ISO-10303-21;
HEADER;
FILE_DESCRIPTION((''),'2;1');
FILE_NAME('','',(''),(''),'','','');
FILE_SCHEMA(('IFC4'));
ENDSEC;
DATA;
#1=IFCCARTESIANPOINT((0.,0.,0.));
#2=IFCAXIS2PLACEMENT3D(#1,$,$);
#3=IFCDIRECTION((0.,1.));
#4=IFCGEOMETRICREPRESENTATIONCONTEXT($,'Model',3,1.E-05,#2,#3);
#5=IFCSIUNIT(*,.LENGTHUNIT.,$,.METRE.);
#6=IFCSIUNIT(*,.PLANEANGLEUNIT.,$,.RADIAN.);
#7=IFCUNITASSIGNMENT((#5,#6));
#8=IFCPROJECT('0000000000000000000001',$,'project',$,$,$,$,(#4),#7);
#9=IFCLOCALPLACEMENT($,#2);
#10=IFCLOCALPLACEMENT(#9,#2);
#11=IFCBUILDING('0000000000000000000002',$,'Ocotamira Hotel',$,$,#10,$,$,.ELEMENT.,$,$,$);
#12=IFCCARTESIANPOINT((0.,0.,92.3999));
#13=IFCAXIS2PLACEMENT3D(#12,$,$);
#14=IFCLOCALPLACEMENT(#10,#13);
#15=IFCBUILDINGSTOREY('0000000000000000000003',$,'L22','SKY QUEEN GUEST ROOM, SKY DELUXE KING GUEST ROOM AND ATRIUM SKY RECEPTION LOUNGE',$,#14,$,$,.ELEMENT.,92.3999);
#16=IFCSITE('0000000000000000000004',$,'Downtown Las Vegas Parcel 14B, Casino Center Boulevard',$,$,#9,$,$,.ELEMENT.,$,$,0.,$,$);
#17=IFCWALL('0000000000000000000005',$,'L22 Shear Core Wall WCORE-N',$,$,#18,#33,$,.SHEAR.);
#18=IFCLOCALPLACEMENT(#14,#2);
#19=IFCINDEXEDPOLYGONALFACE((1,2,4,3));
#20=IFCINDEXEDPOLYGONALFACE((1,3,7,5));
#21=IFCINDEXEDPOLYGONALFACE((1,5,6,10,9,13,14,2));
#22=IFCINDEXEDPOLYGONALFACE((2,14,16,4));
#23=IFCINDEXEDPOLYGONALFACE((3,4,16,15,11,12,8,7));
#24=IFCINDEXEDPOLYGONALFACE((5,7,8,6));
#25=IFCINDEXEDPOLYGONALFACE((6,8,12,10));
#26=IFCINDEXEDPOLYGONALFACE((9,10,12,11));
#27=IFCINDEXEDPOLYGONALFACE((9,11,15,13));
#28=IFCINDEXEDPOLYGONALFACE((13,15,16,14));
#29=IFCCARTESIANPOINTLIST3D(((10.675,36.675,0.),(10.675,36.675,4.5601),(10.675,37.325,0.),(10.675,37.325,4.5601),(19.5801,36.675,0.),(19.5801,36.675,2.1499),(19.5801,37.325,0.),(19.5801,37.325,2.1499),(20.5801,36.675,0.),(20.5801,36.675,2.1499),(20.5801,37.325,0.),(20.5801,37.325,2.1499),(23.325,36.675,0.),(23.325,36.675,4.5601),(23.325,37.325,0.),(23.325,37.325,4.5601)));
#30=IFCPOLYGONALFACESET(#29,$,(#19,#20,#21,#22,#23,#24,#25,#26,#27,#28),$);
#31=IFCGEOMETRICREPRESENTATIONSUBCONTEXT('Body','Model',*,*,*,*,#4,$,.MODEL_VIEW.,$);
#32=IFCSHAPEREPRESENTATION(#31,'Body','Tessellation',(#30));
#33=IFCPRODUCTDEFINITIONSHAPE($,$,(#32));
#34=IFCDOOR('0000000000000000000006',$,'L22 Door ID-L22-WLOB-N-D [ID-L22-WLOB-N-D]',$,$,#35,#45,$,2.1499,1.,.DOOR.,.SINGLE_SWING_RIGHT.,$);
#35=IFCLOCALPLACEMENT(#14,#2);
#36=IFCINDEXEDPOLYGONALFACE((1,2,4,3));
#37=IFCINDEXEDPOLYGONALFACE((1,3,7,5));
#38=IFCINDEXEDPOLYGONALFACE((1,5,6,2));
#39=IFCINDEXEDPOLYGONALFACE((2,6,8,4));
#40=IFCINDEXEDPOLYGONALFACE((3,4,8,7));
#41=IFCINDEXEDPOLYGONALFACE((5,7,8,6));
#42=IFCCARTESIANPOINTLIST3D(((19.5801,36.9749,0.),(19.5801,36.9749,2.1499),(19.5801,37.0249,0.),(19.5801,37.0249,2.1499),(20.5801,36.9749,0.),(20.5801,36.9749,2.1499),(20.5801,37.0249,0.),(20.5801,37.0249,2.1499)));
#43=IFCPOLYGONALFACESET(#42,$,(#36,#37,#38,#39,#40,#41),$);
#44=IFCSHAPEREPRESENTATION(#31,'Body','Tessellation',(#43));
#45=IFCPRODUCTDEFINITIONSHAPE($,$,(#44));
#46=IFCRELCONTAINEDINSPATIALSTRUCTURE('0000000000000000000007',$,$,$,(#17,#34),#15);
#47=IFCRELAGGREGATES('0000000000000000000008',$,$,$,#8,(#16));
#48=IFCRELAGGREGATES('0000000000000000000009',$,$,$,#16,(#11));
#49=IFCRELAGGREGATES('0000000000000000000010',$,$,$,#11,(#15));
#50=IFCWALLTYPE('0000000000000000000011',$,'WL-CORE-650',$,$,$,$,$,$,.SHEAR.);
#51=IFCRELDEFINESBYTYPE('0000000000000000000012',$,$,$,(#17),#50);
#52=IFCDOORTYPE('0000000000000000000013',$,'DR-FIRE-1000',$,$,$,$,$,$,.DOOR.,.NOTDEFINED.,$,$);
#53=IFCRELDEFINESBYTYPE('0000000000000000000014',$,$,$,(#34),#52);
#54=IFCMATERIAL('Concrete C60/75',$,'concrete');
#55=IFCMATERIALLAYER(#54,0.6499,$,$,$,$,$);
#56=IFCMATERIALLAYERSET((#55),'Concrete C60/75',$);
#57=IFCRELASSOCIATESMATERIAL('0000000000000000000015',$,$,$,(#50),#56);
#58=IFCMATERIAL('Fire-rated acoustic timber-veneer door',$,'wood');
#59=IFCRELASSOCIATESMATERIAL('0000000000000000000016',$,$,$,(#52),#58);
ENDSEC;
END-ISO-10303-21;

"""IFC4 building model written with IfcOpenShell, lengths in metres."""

from ifc_helpers import new_model, si_unit, direction, frame, frame_2d, origin, place, context, subcontext, project, spatial, rectangle, extrude, source, transform, mapped, material, layer, layer_set, type_object, element, fill, save


model = new_model("IFC4")

# Units and contexts
model_context = context("Model", 3, precision=1e-05, world=origin(), true_north=direction((0.0, 1.0)))
body_context = subcontext(model_context, "Body", "Model", "MODEL_VIEW")
ifc_project = project(units=[si_unit("LENGTHUNIT", "METRE"), si_unit("PLANEANGLEUNIT", "RADIAN")], contexts=[model_context])

# Site, building, storey
site_placement = place(None, origin())
site = spatial("IfcSite", under=ifc_project, at=site_placement, Name="Downtown Las Vegas Parcel 14B, Casino Center Boulevard", CompositionType="ELEMENT", RefElevation=0.0)
building_placement = place(site_placement, origin())
building = spatial("IfcBuilding", under=site, at=building_placement, Name="Ocotamira Hotel", CompositionType="ELEMENT")
storey_placement = place(building_placement, frame((0.0, 0.0, 92.3999)))
storey = spatial("IfcBuildingStorey", under=building, at=storey_placement, Name="L22", Description="SKY QUEEN GUEST ROOM, SKY DELUXE KING GUEST ROOM AND ATRIUM SKY RECEPTION LOUNGE", CompositionType="ELEMENT", Elevation=92.3999)

# Wall, opening, door
ifc_material_1 = material(Name="Concrete C60/75", Category="concrete")
ifc_layer_1 = layer(ifc_material_1, 0.6499)
ifc_layer_set_1 = layer_set([ifc_layer_1], Name="Concrete C60/75")
wall_type_1 = type_object("IfcWallType", Name="WL-CORE-650", PredefinedType="SHEAR", material=ifc_layer_set_1)
wall_1_placement = place(storey_placement, frame((10.675, 37.0, 0.0), z_axis=(0.0, 0.0, 1.0), x_axis=(1.0, 0.0, 0.0)))
wall_1 = element("IfcWall", 1, at=wall_1_placement, inside=storey, type_object=wall_type_1, Name="L22 Shear Core Wall WCORE-N", PredefinedType="SHEAR", context=body_context, shape_type="SweptSolid", body=[
    extrude(rectangle(XDim=12.6499, YDim=0.6499, at=frame_2d((6.325, 0.0))), origin(), (0.0, 0.0, 1.0), 4.5601),
])
opening_1_placement = place(wall_1_placement, frame((8.905, 0.0, 0.0)))
opening_1 = element("IfcOpeningElement", 2, at=opening_1_placement, cuts=wall_1, PredefinedType="OPENING", context=body_context, shape_type="SweptSolid", body=[
    extrude(rectangle(XDim=1.0, YDim=2.1499, at=frame_2d((0.5, 1.075))), frame((0.0, 0.335, 0.0), z_axis=(0.0, -1.0, 0.0), x_axis=(1.0, 0.0, 0.0)), (0.0, 0.0, 1.0), 0.6699),
])
ifc_material_2 = material(Name="Fire-rated acoustic timber-veneer door", Category="wood")
door_type_1 = type_object("IfcDoorType", Name="DR-FIRE-1000", OperationType="NOTDEFINED", PredefinedType="DOOR", material=ifc_material_2)
shared_shape_1 = source(origin(), body_context, "Body", "SweptSolid", [
    extrude(rectangle(XDim=1.0, YDim=2.1499, at=frame_2d((0.5, 1.075))), frame((0.0, 0.0249, 0.0), z_axis=(0.0, -1.0, 0.0), x_axis=(1.0, 0.0, 0.0)), (0.0, 0.0, 1.0), 0.05),
])
door_1_placement = place(opening_1_placement, origin())
door_1 = element("IfcDoor", 3, at=door_1_placement, inside=storey, type_object=door_type_1, Name="L22 Door ID-L22-WLOB-N-D [ID-L22-WLOB-N-D]", OperationType="SINGLE_SWING_RIGHT", OverallHeight=2.1499, OverallWidth=1.0, PredefinedType="DOOR", context=body_context, shape_type="MappedRepresentation", body=[
    mapped(shared_shape_1, transform((0.0, 0.0, 0.0), scale=1.0)),
])
fill(opening_1, door_1)

save(model, "model.ifc")
